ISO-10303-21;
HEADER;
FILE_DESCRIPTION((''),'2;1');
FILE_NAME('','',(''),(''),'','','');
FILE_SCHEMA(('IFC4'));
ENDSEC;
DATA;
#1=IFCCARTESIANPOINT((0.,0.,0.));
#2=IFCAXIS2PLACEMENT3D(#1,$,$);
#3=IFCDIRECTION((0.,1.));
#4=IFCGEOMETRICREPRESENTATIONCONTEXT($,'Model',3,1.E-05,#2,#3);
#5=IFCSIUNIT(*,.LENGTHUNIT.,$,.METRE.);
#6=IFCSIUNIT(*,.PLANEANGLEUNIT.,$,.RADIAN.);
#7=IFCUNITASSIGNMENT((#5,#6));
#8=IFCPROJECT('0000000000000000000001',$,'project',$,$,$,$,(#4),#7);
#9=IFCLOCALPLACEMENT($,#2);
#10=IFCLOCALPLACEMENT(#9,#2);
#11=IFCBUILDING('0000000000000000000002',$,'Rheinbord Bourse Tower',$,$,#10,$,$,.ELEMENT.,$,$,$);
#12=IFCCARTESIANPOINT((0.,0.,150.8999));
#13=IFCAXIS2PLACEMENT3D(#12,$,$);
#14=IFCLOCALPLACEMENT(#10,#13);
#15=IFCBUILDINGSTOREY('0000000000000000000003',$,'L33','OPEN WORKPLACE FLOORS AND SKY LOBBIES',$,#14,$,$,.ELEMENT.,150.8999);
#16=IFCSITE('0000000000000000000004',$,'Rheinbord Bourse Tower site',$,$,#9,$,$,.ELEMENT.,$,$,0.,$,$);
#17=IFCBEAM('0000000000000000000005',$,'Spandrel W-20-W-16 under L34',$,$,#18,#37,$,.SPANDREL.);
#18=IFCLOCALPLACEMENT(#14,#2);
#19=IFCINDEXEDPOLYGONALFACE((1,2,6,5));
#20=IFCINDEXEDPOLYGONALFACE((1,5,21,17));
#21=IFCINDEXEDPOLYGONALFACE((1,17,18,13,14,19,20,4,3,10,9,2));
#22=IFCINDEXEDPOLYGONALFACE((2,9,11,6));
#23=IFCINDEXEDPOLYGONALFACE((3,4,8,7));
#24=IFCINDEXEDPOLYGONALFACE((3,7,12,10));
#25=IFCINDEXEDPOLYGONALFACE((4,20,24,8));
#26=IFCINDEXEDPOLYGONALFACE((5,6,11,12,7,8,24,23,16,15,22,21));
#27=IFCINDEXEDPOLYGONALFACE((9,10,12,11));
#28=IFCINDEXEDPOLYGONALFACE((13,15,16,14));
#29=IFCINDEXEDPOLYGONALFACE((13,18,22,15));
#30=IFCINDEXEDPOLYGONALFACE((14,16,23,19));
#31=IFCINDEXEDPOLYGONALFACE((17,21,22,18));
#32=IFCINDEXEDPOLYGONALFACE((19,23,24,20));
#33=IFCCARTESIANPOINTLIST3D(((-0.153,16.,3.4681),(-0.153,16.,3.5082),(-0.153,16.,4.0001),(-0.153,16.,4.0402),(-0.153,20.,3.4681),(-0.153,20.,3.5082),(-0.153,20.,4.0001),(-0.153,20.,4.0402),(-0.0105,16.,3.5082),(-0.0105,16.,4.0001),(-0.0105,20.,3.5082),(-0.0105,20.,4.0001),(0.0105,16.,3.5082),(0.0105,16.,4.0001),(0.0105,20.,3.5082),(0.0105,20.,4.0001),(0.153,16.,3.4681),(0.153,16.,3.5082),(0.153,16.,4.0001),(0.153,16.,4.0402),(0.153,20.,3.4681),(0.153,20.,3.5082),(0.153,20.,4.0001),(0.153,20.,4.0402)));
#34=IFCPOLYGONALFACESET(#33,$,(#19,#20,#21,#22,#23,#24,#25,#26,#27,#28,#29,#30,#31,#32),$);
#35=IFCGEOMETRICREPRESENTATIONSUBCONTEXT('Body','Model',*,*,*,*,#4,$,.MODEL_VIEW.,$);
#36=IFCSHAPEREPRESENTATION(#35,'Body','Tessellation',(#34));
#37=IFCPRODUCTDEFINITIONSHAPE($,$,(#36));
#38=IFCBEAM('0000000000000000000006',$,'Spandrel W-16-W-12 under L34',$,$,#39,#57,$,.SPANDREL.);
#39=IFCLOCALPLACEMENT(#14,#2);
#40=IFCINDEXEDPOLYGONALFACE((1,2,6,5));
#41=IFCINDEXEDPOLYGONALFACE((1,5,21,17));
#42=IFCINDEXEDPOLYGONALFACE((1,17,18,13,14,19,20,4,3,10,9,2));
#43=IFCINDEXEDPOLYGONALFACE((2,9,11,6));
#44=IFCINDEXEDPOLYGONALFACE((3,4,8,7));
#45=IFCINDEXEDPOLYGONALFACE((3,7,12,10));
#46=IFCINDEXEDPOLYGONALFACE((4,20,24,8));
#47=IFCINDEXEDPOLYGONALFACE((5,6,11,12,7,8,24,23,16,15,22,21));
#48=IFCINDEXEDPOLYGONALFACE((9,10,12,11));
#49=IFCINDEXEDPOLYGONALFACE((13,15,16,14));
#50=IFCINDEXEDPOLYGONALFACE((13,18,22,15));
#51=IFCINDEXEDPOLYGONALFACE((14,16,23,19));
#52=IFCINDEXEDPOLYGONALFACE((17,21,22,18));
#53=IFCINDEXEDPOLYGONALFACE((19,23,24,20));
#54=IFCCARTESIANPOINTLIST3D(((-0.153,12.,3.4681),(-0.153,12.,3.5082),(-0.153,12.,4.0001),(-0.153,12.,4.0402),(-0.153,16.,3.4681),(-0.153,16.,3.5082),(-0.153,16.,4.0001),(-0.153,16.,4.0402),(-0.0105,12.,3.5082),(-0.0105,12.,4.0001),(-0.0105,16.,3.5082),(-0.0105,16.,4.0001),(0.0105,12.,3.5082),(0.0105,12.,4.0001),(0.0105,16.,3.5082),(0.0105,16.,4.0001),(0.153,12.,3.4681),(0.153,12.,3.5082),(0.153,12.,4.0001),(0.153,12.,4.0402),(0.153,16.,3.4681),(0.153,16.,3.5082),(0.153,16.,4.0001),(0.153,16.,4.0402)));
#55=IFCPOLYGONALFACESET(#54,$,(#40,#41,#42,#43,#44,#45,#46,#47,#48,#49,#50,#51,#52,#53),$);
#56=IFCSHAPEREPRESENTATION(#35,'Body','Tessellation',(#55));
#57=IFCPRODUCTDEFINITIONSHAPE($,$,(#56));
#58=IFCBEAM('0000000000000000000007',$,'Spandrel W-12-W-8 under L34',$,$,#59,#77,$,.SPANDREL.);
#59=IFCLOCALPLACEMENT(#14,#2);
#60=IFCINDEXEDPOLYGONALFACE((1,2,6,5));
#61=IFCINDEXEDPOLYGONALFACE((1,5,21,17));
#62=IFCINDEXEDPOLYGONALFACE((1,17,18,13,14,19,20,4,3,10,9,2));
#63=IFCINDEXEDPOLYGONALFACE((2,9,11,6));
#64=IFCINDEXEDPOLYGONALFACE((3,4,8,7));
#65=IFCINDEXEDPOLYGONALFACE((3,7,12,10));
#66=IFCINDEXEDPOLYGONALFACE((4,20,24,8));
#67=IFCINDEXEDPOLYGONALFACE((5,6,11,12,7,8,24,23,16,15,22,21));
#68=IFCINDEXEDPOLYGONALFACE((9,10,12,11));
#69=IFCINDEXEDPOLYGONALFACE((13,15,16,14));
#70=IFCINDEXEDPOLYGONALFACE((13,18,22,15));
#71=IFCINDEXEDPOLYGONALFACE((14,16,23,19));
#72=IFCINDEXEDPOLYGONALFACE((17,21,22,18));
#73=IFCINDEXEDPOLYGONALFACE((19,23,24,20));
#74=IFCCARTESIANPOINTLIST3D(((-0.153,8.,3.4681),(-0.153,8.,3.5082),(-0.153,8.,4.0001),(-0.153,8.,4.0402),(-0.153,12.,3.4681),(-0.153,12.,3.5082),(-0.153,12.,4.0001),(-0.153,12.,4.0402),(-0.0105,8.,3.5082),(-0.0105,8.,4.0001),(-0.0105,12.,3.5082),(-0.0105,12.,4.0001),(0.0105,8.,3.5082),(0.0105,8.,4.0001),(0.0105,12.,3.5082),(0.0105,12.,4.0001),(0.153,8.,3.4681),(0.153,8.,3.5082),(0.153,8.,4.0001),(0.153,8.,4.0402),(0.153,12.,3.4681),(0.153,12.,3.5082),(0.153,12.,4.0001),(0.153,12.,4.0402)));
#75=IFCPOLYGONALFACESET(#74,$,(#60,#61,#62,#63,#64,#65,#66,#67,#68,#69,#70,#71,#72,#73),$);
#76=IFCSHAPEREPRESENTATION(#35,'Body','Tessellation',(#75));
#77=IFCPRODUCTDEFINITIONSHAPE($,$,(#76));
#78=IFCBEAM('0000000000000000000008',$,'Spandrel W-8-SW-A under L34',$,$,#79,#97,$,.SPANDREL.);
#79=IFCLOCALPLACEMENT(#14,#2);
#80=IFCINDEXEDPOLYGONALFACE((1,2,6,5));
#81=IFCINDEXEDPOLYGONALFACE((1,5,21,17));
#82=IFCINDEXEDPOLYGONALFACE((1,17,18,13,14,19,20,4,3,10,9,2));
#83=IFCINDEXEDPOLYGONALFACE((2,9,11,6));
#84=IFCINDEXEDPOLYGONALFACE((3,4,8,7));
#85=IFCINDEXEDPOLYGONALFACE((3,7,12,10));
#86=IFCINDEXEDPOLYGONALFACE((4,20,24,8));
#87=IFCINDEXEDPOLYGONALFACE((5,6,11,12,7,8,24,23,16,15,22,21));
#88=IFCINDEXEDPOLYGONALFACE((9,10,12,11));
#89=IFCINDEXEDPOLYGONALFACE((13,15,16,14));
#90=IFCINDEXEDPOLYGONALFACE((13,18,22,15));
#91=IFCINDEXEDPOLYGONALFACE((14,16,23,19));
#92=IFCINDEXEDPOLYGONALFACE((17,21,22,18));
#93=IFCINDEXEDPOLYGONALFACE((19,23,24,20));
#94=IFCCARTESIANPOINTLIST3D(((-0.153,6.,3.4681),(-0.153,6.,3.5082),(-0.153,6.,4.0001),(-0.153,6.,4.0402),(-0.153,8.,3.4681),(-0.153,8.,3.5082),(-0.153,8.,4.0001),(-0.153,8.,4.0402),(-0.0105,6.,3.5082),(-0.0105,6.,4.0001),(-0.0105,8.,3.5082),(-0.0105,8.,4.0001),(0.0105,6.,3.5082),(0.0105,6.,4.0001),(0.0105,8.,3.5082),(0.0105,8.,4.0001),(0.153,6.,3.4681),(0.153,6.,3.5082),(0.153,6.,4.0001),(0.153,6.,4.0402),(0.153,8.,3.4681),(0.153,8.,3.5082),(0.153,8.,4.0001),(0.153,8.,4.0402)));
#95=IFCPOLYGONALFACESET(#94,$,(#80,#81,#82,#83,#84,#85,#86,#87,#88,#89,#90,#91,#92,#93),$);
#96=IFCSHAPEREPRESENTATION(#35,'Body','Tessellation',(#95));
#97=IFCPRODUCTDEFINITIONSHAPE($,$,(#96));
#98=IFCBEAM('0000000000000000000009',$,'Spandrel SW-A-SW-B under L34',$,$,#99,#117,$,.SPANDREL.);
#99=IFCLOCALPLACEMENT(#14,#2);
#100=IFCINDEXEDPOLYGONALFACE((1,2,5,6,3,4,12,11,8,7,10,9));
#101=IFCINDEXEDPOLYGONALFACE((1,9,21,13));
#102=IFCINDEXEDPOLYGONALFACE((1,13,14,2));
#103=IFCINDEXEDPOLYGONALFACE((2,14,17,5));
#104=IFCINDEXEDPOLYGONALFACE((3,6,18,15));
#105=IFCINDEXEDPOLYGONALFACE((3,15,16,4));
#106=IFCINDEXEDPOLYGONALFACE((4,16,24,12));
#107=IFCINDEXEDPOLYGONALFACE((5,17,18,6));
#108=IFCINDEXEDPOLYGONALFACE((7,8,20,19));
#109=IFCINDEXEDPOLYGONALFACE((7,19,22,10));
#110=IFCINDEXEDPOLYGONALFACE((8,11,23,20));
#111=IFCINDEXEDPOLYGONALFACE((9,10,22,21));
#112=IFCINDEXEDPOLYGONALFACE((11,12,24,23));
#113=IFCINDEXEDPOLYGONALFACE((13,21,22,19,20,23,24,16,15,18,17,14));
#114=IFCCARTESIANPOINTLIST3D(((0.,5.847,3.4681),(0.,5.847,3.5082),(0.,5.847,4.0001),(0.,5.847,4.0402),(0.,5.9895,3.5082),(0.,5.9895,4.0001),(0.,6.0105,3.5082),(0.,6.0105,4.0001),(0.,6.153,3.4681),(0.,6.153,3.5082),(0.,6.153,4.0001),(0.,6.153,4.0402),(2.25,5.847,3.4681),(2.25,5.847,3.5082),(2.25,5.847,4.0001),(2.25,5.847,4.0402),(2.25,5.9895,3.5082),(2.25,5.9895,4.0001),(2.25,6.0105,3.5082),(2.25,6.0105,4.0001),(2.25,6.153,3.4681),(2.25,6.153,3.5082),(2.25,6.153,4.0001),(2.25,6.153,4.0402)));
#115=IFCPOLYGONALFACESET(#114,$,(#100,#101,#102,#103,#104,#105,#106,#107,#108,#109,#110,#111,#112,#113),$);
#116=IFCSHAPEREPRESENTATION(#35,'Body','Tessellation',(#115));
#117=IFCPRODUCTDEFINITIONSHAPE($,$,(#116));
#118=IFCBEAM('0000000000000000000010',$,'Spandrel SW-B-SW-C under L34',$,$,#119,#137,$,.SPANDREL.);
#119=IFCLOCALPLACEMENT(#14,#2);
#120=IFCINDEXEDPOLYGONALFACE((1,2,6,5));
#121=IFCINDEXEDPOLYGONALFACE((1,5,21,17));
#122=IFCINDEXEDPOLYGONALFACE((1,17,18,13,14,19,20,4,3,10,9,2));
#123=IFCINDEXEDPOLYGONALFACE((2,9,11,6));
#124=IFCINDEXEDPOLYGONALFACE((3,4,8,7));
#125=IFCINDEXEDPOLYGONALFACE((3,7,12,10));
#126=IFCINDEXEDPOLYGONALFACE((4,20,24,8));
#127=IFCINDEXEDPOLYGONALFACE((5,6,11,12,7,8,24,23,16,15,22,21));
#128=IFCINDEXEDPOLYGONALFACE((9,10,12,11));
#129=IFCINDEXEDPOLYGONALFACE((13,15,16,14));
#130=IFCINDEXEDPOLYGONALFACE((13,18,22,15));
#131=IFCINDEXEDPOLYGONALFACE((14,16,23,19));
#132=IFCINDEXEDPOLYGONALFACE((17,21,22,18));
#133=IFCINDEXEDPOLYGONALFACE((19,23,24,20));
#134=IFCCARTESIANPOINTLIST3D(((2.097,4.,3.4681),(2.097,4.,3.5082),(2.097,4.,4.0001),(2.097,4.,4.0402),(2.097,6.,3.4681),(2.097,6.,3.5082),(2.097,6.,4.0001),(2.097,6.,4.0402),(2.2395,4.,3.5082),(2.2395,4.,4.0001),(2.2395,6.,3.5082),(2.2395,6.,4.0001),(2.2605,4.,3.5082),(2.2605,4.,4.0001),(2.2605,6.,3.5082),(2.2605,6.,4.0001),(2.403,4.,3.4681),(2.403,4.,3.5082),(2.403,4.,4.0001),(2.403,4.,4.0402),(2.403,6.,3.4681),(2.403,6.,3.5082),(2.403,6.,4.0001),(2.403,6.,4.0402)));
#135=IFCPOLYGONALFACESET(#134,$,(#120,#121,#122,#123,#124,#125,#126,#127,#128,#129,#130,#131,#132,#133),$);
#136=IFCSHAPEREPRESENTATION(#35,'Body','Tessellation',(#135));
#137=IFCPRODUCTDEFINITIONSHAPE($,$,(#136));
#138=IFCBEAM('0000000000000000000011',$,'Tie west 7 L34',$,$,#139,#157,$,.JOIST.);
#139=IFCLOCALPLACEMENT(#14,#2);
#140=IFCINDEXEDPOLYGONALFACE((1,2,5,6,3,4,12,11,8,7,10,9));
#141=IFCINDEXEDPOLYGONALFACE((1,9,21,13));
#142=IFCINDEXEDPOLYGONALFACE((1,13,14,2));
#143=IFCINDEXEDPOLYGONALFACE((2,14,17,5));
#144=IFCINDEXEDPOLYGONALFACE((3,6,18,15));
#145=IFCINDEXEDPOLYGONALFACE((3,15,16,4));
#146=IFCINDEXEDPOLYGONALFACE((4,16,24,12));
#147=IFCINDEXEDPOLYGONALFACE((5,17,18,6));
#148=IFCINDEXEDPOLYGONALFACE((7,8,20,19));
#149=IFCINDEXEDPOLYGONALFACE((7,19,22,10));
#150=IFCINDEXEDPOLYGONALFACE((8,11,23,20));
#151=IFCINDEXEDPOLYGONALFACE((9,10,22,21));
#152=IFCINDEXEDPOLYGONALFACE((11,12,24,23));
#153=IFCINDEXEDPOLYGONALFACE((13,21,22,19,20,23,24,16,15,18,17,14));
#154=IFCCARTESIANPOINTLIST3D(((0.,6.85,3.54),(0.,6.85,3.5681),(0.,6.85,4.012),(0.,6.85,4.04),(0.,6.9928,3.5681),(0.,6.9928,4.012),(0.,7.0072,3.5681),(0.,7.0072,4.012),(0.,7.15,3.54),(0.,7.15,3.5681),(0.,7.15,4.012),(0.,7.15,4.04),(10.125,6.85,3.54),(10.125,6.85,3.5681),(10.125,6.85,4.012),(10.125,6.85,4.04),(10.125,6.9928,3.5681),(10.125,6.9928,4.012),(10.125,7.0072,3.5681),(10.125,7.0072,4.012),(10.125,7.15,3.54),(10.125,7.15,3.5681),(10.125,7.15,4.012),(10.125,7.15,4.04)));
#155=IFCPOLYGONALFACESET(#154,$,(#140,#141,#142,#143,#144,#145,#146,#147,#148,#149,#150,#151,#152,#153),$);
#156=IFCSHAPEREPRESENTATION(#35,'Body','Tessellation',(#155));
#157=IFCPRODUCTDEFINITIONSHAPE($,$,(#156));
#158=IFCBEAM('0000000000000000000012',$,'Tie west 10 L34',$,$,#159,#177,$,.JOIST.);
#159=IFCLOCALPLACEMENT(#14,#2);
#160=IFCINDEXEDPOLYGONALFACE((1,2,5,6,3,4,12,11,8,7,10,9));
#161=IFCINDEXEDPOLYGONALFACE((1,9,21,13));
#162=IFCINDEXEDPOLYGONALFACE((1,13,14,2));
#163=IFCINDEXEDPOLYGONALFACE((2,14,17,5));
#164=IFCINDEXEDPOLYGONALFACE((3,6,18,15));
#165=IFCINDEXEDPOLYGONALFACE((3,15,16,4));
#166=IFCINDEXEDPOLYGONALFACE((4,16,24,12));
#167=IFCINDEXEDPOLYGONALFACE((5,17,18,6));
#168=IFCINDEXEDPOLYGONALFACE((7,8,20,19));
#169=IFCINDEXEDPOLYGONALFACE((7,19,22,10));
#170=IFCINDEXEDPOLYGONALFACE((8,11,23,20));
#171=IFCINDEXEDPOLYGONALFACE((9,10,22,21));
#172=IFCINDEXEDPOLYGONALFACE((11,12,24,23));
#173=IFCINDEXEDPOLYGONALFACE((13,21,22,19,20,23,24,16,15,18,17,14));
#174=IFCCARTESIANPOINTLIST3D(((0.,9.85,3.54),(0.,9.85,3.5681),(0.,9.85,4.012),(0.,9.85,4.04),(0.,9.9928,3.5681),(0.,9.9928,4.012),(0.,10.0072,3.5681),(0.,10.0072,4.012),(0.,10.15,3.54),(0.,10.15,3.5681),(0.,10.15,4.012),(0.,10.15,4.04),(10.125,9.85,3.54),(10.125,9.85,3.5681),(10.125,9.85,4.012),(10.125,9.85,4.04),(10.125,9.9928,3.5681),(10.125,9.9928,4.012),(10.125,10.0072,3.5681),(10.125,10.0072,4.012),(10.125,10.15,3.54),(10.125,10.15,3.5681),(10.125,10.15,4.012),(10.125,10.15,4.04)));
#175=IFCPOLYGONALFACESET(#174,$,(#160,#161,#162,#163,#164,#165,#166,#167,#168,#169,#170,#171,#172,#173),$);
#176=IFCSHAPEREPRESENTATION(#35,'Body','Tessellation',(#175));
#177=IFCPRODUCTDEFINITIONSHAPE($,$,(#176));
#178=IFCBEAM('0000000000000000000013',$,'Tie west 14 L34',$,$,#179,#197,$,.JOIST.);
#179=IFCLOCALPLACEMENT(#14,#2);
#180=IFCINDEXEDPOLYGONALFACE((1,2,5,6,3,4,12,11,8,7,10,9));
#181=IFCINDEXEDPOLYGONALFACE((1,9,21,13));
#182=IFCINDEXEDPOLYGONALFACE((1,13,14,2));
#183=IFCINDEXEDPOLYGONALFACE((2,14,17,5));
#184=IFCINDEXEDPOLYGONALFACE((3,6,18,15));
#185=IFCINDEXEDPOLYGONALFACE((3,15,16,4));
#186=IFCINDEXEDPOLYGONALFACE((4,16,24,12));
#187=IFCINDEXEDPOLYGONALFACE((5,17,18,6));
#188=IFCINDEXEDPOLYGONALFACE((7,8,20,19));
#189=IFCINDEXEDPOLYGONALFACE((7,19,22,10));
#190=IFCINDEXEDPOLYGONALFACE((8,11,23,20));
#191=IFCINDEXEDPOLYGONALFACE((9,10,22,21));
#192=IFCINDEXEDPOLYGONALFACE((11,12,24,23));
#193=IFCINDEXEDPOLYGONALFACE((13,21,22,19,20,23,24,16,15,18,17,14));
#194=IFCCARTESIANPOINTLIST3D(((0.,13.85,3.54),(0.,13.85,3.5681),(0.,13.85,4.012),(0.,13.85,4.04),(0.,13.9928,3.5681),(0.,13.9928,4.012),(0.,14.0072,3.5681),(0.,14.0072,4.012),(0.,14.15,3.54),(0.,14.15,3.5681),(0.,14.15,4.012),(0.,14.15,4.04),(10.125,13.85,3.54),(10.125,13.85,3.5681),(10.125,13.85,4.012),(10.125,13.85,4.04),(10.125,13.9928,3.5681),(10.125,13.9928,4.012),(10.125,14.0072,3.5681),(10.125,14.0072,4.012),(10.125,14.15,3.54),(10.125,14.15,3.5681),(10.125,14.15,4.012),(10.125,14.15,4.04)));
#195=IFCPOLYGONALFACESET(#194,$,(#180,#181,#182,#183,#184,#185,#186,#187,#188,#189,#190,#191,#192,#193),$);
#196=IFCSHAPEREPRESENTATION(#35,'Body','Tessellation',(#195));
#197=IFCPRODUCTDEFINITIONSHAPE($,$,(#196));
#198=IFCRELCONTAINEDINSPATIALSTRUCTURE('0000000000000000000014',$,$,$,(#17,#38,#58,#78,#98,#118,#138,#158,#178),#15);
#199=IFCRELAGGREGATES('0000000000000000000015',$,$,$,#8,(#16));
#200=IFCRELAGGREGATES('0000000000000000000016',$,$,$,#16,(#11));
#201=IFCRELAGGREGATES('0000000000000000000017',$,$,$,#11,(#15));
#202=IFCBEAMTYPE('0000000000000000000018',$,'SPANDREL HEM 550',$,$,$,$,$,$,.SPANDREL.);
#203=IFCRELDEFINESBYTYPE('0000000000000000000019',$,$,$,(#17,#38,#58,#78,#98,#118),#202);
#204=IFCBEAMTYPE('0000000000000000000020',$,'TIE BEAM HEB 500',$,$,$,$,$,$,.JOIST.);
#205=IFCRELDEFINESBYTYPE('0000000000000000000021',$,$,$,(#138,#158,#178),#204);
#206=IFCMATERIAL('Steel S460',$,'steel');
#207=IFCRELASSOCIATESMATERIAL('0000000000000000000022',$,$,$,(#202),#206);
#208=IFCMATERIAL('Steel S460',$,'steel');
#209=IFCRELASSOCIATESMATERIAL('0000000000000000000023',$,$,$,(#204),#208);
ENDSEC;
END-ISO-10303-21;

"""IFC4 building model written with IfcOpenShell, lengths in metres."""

from ifc_helpers import new_model, si_unit, direction, frame, origin, origin_2d, place, context, subcontext, project, spatial, i_section, extrude, material, material_profile, profile_set, type_object, element, save


model = new_model("IFC4")

# Units and contexts
model_context = context("Model", 3, precision=1e-05, world=origin(), true_north=direction((0.0, 1.0)))
body_context = subcontext(model_context, "Body", "Model", "MODEL_VIEW")
ifc_project = project(units=[si_unit("LENGTHUNIT", "METRE"), si_unit("PLANEANGLEUNIT", "RADIAN")], contexts=[model_context])

# Site, building, storey
site_placement = place(None, origin())
site = spatial("IfcSite", under=ifc_project, at=site_placement, Name="Rheinbord Bourse Tower site", CompositionType="ELEMENT", RefElevation=0.0)
building_placement = place(site_placement, origin())
building = spatial("IfcBuilding", under=site, at=building_placement, Name="Rheinbord Bourse Tower", CompositionType="ELEMENT")
storey_placement = place(building_placement, frame((0.0, 0.0, 150.8999)))
storey = spatial("IfcBuildingStorey", under=building, at=storey_placement, Name="L33", Description="OPEN WORKPLACE FLOORS AND SKY LOBBIES", CompositionType="ELEMENT", Elevation=150.8999)

# Beams
ifc_material_1 = material(Name="Steel S460", Category="steel")
ifc_material_profile_1 = material_profile(ifc_material_1, i_section(OverallWidth=0.3059, OverallDepth=0.572, WebThickness=0.021, FlangeThickness=0.04, at=origin_2d()), Name="HEM 550")
ifc_profile_set_1 = profile_set([ifc_material_profile_1], Name="Steel S460")
beam_type_1 = type_object("IfcBeamType", Name="SPANDREL HEM 550", PredefinedType="SPANDREL", material=ifc_profile_set_1)
for number, where, z_axis, x_axis, name in (
    (1, (0.0, 20.0, 3.7542), (0.0, -1.0, 0.0), (1.0, 0.0, 0.0), "Spandrel W-20-W-16 under L34"),
    (2, (0.0, 16.0, 3.7542), (0.0, -1.0, 0.0), (1.0, 0.0, 0.0), "Spandrel W-16-W-12 under L34"),
    (3, (0.0, 12.0, 3.7542), (0.0, -1.0, 0.0), (1.0, 0.0, 0.0), "Spandrel W-12-W-8 under L34"),
):
    element("IfcBeam", number, at=place(storey_placement, frame(where, z_axis=z_axis, x_axis=x_axis)), inside=storey, type_object=beam_type_1, Name=name, PredefinedType="SPANDREL", context=body_context, shape_type="SweptSolid", body=[
        extrude(i_section(OverallWidth=0.3059, OverallDepth=0.572, WebThickness=0.021, FlangeThickness=0.04, at=origin_2d()), origin(), (0.0, 0.0, 1.0), 4.0),
    ])
beam_1_placement = place(storey_placement, frame((0.0, 8.0, 3.7542), z_axis=(0.0, -1.0, 0.0), x_axis=(1.0, 0.0, 0.0)))
element("IfcBeam", 4, at=beam_1_placement, inside=storey, type_object=beam_type_1, Name="Spandrel W-8-SW-A under L34", PredefinedType="SPANDREL", context=body_context, shape_type="SweptSolid", body=[
    extrude(i_section(OverallWidth=0.3059, OverallDepth=0.572, WebThickness=0.021, FlangeThickness=0.04, at=origin_2d()), origin(), (0.0, 0.0, 1.0), 2.0),
])
beam_2_placement = place(storey_placement, frame((0.0, 6.0, 3.7542), z_axis=(1.0, 0.0, 0.0), x_axis=(0.0, 1.0, 0.0)))
element("IfcBeam", 5, at=beam_2_placement, inside=storey, type_object=beam_type_1, Name="Spandrel SW-A-SW-B under L34", PredefinedType="SPANDREL", context=body_context, shape_type="SweptSolid", body=[
    extrude(i_section(OverallWidth=0.3059, OverallDepth=0.572, WebThickness=0.021, FlangeThickness=0.04, at=origin_2d()), origin(), (0.0, 0.0, 1.0), 2.25),
])
beam_3_placement = place(storey_placement, frame((2.25, 6.0, 3.7542), z_axis=(0.0, -1.0, 0.0), x_axis=(1.0, 0.0, 0.0)))
element("IfcBeam", 6, at=beam_3_placement, inside=storey, type_object=beam_type_1, Name="Spandrel SW-B-SW-C under L34", PredefinedType="SPANDREL", context=body_context, shape_type="SweptSolid", body=[
    extrude(i_section(OverallWidth=0.3059, OverallDepth=0.572, WebThickness=0.021, FlangeThickness=0.04, at=origin_2d()), origin(), (0.0, 0.0, 1.0), 2.0),
])
ifc_material_2 = material(Name="Steel S460", Category="steel")
ifc_material_profile_2 = material_profile(ifc_material_2, i_section(OverallWidth=0.3, OverallDepth=0.5, WebThickness=0.0144, FlangeThickness=0.0281, at=origin_2d()), Name="HEB 500")
ifc_profile_set_2 = profile_set([ifc_material_profile_2], Name="Steel S460")
beam_type_2 = type_object("IfcBeamType", Name="TIE BEAM HEB 500", PredefinedType="JOIST", material=ifc_profile_set_2)
for number, where, z_axis, x_axis, name in (
    (7, (0.0, 7.0, 3.79), (1.0, 0.0, 0.0), (0.0, 1.0, 0.0), "Tie west 7 L34"),
    (8, (0.0, 10.0, 3.79), (1.0, 0.0, 0.0), (0.0, 1.0, 0.0), "Tie west 10 L34"),
    (9, (0.0, 14.0, 3.79), (1.0, 0.0, 0.0), (0.0, 1.0, 0.0), "Tie west 14 L34"),
):
    element("IfcBeam", number, at=place(storey_placement, frame(where, z_axis=z_axis, x_axis=x_axis)), inside=storey, type_object=beam_type_2, Name=name, PredefinedType="JOIST", context=body_context, shape_type="SweptSolid", body=[
        extrude(i_section(OverallWidth=0.3, OverallDepth=0.5, WebThickness=0.0144, FlangeThickness=0.0281, at=origin_2d()), origin(), (0.0, 0.0, 1.0), 10.125),
    ])

save(model, "model.ifc")
